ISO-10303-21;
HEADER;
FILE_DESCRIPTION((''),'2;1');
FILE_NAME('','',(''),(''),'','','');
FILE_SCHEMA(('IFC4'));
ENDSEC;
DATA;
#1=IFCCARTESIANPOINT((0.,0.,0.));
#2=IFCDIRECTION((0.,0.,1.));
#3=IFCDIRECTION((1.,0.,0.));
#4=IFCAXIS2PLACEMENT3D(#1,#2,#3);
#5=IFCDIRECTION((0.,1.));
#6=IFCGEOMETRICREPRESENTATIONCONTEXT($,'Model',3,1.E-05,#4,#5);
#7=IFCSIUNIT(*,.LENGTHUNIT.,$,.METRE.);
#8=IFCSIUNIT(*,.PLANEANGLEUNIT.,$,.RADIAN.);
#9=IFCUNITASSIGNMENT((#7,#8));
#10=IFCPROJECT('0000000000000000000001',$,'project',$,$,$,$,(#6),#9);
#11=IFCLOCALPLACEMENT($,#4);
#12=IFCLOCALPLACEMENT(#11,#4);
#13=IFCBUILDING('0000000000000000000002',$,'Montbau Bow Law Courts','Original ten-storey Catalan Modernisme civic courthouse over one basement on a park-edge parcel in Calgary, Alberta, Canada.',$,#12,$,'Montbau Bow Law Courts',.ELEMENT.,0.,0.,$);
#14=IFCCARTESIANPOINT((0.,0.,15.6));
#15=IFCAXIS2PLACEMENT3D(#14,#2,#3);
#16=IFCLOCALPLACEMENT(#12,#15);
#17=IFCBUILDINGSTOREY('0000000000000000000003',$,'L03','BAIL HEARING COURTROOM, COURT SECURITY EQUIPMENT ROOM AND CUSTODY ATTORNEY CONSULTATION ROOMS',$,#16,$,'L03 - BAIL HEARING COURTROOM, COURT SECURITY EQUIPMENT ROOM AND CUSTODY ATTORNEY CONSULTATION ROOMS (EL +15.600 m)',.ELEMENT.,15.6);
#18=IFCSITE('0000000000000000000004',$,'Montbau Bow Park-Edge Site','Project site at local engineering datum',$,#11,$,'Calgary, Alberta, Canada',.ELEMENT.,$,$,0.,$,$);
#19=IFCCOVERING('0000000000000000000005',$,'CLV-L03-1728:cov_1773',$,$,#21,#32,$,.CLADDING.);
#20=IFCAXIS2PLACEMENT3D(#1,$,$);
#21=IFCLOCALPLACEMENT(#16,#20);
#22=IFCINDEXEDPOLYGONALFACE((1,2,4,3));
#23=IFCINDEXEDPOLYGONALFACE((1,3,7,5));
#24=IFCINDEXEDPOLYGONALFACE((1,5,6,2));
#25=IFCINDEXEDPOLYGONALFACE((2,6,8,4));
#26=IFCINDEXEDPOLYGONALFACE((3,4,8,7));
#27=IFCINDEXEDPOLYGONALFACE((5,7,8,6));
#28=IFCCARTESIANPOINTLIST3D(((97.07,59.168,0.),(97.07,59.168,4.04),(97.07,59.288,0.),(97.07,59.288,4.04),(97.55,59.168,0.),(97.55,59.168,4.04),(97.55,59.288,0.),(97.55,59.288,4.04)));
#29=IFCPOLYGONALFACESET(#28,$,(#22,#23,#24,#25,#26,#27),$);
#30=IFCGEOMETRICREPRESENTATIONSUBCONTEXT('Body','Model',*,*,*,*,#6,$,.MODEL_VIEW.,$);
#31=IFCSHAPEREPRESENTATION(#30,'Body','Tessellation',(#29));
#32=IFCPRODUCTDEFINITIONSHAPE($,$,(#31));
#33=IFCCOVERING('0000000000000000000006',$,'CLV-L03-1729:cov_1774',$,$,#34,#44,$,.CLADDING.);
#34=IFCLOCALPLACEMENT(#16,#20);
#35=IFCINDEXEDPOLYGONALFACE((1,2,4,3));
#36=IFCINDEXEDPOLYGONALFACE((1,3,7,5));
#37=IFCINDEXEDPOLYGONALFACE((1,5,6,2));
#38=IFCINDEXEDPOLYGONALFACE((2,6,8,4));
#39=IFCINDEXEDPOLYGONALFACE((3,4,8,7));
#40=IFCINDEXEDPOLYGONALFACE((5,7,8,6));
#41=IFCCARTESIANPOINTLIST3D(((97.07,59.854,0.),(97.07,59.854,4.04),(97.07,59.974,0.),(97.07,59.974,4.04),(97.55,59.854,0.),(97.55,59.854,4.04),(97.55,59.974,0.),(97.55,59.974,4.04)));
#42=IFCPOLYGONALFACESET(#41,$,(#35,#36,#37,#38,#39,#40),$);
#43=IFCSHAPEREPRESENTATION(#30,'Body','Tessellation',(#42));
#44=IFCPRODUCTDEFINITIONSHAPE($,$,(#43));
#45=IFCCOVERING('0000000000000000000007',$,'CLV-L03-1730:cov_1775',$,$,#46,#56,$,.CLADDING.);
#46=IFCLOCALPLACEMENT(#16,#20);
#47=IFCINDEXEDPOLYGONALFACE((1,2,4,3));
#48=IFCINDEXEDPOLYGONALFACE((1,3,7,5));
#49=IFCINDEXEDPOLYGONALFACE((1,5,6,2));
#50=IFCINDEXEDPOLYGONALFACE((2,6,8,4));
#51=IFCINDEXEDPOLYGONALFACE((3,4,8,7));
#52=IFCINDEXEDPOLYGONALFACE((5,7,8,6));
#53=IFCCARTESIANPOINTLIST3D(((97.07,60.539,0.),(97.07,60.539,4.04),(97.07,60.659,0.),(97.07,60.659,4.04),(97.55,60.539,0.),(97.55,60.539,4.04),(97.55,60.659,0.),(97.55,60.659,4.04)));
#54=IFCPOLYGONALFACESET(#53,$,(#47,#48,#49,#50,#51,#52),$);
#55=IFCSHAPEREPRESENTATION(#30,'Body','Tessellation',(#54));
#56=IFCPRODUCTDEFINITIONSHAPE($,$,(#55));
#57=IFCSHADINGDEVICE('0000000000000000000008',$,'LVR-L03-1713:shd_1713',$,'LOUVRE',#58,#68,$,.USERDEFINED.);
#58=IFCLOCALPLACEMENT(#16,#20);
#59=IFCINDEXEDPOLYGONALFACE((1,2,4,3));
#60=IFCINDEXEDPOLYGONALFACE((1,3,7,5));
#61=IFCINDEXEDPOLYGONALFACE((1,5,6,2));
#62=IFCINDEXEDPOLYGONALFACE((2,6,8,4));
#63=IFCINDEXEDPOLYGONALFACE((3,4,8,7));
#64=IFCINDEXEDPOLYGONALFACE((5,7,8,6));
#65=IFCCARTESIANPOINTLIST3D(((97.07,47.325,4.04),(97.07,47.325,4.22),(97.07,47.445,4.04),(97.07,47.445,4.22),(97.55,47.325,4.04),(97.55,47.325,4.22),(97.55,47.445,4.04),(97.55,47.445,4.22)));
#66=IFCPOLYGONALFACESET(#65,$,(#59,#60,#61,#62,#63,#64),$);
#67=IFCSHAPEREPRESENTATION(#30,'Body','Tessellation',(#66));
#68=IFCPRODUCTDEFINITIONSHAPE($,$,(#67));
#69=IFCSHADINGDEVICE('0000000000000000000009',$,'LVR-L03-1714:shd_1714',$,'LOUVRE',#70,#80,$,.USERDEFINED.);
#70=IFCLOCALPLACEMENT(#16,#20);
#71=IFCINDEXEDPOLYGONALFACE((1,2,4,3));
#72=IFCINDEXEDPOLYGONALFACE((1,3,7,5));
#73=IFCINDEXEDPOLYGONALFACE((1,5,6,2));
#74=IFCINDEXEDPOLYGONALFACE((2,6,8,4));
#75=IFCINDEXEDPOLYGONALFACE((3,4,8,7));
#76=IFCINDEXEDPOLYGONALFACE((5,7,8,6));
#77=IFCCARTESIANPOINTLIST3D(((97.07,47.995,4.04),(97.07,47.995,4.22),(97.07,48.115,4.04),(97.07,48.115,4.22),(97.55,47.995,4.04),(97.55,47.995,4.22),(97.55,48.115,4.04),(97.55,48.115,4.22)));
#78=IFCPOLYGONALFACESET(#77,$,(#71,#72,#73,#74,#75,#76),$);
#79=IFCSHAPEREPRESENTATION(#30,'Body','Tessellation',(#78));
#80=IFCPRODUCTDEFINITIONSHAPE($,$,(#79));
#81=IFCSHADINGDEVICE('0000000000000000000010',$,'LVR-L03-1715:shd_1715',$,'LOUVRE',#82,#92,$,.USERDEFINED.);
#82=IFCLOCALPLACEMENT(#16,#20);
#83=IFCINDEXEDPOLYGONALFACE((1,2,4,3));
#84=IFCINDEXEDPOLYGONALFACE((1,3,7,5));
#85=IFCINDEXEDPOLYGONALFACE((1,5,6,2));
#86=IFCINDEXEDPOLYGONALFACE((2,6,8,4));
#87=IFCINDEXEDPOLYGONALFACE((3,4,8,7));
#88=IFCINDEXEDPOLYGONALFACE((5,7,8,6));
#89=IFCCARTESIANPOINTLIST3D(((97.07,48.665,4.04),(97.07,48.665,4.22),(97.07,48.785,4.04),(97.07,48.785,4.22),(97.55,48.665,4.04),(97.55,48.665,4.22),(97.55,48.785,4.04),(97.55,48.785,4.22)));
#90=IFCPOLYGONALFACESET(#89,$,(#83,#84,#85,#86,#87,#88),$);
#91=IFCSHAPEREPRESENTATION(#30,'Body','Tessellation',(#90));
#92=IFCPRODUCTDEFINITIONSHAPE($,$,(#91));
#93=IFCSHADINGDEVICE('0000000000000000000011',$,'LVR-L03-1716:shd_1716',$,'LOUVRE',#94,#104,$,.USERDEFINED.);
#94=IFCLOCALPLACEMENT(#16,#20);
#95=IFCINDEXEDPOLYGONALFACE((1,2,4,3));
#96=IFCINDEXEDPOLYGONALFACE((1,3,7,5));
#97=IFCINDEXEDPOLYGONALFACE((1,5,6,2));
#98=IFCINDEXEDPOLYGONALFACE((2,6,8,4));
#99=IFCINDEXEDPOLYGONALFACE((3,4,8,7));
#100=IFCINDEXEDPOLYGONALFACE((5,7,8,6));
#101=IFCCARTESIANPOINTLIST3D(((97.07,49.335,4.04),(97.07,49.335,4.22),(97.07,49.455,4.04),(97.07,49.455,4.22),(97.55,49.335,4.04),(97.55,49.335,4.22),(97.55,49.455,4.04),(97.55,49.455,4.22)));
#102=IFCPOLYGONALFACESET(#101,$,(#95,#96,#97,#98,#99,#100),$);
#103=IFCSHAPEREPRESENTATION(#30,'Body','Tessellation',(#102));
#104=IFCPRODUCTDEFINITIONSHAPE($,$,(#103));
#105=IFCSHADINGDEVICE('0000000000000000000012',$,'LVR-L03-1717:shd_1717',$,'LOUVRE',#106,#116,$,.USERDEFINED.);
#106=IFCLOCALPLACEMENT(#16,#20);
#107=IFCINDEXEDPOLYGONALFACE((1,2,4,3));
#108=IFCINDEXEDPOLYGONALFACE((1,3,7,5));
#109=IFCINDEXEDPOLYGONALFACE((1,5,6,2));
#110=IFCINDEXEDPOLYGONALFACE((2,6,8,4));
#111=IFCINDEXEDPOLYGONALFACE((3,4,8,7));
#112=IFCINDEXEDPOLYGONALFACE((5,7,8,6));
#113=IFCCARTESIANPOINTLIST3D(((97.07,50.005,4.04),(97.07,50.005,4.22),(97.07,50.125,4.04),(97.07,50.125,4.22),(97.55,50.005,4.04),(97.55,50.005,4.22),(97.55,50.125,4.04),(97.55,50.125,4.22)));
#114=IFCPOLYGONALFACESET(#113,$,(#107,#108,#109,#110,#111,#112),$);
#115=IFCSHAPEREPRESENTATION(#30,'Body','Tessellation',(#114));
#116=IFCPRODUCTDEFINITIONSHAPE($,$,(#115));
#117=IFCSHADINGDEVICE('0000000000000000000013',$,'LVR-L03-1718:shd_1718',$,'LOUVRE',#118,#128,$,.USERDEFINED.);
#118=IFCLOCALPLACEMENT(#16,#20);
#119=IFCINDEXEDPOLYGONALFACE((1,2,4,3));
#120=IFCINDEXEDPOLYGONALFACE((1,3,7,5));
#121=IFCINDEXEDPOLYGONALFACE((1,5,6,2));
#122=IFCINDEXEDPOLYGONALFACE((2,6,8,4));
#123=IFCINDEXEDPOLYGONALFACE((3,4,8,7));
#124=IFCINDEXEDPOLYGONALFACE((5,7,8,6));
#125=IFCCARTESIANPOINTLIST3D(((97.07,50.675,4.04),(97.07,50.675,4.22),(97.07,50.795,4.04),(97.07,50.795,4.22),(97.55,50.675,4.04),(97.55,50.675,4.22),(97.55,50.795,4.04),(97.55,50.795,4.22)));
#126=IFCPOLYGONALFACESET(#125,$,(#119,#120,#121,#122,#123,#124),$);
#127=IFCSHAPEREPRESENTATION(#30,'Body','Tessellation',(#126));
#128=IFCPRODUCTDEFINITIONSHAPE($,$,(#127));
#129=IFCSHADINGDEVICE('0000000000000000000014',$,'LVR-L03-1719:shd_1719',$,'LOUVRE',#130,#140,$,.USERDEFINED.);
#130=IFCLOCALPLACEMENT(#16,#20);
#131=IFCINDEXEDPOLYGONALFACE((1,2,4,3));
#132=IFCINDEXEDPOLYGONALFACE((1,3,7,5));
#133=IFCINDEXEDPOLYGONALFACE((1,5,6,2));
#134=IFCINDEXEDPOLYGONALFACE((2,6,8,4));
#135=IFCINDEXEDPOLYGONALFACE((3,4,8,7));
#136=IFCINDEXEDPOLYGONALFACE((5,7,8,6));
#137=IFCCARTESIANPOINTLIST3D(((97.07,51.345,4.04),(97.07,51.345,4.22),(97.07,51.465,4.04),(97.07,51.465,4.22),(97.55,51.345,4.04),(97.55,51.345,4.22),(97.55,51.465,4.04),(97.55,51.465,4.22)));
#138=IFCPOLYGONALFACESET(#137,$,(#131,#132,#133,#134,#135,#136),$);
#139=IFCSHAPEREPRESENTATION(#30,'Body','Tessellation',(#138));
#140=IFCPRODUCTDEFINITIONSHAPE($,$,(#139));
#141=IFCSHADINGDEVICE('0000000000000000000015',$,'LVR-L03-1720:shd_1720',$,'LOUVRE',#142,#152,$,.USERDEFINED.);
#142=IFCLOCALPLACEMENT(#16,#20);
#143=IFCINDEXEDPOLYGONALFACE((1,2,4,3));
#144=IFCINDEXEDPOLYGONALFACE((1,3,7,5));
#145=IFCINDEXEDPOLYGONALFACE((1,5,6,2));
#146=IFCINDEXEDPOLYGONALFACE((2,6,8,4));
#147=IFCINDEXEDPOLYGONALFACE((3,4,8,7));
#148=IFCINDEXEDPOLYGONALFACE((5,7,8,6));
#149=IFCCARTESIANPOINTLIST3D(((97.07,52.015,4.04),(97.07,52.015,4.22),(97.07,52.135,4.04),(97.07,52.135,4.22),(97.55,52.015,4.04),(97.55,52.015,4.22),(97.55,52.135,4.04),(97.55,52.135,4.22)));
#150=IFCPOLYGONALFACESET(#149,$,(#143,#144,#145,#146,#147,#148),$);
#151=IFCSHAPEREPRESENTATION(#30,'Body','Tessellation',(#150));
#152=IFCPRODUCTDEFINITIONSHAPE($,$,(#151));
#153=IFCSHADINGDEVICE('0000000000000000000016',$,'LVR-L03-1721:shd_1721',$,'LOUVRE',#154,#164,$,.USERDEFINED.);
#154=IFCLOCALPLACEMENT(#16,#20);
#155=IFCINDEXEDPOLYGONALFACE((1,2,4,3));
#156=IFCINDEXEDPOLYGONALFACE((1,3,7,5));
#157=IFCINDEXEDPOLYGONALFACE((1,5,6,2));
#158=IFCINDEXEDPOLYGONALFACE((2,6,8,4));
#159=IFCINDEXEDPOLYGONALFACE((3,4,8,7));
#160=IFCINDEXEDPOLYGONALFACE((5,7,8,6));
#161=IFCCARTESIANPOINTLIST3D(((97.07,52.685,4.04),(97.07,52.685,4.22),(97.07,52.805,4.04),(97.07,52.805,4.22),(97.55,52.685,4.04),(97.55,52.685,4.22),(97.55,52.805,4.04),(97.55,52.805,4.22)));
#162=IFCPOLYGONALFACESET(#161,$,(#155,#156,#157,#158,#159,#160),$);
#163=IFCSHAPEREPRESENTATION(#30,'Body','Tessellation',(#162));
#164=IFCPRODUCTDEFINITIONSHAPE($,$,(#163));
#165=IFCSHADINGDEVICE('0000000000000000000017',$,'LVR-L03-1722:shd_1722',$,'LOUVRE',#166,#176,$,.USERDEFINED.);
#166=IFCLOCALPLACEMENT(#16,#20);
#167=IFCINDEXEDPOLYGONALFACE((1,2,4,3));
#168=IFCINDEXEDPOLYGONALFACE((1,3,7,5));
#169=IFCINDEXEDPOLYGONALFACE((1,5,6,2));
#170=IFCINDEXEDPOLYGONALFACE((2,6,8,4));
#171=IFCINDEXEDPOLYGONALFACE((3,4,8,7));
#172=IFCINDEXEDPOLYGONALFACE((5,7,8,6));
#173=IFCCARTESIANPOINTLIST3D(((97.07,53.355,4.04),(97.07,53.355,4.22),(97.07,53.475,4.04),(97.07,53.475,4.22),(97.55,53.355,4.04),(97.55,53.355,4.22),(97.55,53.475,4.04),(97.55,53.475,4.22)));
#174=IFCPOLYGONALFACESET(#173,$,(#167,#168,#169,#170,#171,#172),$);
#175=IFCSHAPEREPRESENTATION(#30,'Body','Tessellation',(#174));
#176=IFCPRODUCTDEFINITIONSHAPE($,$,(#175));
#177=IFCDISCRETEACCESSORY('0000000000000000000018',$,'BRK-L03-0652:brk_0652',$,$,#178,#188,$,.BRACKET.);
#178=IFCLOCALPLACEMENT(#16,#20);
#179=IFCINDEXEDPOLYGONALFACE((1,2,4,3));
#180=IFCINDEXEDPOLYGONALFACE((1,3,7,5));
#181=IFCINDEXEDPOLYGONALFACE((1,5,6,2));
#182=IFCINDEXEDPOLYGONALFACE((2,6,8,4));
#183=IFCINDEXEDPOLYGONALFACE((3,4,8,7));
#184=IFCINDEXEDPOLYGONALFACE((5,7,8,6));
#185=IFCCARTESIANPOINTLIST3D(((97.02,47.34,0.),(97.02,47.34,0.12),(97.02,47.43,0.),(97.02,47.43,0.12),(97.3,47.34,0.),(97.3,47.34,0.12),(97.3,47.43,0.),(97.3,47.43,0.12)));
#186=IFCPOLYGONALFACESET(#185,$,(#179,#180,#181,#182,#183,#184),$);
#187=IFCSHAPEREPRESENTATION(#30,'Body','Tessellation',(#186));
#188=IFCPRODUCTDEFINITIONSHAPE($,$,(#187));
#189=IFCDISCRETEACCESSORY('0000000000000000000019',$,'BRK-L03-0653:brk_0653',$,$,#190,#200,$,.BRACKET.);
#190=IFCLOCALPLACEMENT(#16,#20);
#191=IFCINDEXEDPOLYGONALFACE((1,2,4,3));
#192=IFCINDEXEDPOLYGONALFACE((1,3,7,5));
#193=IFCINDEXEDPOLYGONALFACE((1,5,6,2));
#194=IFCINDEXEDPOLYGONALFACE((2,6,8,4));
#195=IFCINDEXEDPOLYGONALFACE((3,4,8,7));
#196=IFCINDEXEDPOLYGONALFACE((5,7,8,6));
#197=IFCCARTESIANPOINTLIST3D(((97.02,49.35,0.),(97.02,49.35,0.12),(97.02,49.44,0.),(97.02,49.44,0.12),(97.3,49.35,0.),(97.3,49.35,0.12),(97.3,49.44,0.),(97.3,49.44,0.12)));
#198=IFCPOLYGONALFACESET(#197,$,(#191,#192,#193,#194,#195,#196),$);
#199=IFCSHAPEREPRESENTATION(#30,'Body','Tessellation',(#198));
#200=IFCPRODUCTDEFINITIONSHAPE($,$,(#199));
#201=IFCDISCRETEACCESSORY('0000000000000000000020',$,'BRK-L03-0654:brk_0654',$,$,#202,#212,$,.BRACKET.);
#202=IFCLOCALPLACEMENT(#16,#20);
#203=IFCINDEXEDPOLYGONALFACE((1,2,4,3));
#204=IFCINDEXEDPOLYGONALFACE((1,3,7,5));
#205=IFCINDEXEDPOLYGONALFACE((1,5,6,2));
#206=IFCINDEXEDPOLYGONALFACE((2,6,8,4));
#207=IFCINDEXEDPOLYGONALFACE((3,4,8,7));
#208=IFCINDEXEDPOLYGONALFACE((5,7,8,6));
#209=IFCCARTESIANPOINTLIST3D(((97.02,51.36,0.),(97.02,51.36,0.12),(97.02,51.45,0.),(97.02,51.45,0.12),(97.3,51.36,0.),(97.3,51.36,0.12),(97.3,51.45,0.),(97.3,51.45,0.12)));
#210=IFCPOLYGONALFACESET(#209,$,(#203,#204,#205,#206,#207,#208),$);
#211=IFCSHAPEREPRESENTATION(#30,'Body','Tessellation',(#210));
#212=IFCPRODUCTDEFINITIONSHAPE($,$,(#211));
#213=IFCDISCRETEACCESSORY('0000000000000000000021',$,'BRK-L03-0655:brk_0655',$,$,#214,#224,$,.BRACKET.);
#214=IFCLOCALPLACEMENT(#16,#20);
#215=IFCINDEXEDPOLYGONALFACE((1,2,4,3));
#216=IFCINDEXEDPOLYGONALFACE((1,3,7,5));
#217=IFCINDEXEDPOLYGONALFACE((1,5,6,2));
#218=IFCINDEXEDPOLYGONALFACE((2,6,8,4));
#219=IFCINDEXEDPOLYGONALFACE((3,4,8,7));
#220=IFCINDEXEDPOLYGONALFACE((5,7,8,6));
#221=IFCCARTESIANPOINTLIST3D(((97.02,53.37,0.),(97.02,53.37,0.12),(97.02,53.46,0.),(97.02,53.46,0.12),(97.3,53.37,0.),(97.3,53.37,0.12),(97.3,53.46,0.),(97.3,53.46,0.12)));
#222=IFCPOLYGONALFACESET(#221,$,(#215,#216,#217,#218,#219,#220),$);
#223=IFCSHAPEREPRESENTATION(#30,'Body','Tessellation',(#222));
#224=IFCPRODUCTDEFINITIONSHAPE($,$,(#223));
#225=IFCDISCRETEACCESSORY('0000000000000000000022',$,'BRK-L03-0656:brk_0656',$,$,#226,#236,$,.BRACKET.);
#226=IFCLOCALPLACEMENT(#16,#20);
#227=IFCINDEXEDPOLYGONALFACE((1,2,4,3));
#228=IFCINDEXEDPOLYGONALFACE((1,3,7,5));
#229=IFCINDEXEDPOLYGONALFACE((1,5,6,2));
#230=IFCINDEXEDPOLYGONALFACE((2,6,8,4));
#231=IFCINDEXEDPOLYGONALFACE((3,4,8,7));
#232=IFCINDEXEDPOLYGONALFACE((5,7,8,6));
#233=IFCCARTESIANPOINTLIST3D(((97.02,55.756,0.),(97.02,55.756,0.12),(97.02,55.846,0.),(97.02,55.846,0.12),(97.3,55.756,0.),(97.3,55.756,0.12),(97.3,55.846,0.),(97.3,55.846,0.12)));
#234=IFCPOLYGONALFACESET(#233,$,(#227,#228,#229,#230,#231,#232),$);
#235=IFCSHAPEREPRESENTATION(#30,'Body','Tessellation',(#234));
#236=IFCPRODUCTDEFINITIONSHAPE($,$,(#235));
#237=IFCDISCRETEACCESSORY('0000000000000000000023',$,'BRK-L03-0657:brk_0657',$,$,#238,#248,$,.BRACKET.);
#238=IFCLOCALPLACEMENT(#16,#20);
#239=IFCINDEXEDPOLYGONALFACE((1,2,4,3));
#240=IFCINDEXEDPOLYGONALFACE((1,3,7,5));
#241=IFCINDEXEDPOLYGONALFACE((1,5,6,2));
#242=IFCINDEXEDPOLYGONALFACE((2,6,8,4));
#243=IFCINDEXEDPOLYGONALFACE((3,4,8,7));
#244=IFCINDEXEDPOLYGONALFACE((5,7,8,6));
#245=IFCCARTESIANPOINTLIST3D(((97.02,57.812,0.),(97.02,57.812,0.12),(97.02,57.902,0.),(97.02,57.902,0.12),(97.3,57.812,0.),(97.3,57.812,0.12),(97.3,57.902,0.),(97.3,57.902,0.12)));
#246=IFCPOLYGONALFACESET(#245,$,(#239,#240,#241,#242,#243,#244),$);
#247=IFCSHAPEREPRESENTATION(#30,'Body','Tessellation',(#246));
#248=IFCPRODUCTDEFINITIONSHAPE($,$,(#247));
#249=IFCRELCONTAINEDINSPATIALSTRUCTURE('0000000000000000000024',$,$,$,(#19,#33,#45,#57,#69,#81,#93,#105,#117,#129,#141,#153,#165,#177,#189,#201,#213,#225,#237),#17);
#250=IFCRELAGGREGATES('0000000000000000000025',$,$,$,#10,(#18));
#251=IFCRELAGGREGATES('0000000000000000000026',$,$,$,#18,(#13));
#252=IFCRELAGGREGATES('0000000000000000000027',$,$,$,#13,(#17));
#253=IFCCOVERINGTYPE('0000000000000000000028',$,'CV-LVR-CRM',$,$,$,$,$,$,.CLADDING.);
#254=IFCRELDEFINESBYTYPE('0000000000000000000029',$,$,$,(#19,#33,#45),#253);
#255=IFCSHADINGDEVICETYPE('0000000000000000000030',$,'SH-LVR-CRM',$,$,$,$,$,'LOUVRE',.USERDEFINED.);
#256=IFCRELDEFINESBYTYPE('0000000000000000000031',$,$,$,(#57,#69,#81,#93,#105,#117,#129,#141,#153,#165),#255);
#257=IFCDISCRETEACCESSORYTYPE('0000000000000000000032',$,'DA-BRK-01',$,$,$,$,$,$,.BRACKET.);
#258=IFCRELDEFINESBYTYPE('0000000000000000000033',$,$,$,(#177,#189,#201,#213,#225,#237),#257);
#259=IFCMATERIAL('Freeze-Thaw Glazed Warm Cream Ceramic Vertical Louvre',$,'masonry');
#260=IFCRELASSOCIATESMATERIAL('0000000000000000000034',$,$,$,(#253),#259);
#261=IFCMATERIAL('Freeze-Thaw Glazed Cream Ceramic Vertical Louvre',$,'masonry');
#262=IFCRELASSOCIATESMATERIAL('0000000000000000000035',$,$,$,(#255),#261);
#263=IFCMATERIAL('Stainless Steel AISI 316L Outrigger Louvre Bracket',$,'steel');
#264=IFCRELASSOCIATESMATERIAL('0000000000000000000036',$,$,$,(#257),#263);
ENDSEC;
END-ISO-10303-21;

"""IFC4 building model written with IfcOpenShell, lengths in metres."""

from ifc_helpers import new_model, si_unit, direction, frame, frame_2d, origin_with_axes, origin_2d_with_axis, place, context, subcontext, project, spatial, rectangle, extrude, material, type_object, element, save


model = new_model("IFC4")

# Units and contexts
model_context = context("Model", 3, precision=1e-05, world=origin_with_axes(), true_north=direction((0.0, 1.0)))
body_context = subcontext(model_context, "Body", "Model", "MODEL_VIEW")
ifc_project = project(units=[si_unit("LENGTHUNIT", "METRE"), si_unit("PLANEANGLEUNIT", "RADIAN")], contexts=[model_context])

# Site, building, storey
site_placement = place(None, origin_with_axes())
site = spatial("IfcSite", under=ifc_project, at=site_placement, Name="Montbau Bow Park-Edge Site", Description="Project site at local engineering datum", LongName="Calgary, Alberta, Canada", CompositionType="ELEMENT", RefElevation=0.0)
building_placement = place(site_placement, origin_with_axes())
building = spatial("IfcBuilding", under=site, at=building_placement, Name="Montbau Bow Law Courts", Description="Original ten-storey Catalan Modernisme civic courthouse over one basement on a park-edge parcel in Calgary, Alberta, Canada.", LongName="Montbau Bow Law Courts", CompositionType="ELEMENT", ElevationOfRefHeight=0.0, ElevationOfTerrain=0.0)
storey_placement = place(building_placement, frame((0.0, 0.0, 15.6), z_axis=(0.0, 0.0, 1.0), x_axis=(1.0, 0.0, 0.0)))
storey = spatial("IfcBuildingStorey", under=building, at=storey_placement, Name="L03", Description="BAIL HEARING COURTROOM, COURT SECURITY EQUIPMENT ROOM AND CUSTODY ATTORNEY CONSULTATION ROOMS", LongName="L03 - BAIL HEARING COURTROOM, COURT SECURITY EQUIPMENT ROOM AND CUSTODY ATTORNEY CONSULTATION ROOMS (EL +15.600 m)", CompositionType="ELEMENT", Elevation=15.6)

# Coverings
ifc_material_1 = material(Name="Freeze-Thaw Glazed Warm Cream Ceramic Vertical Louvre", Category="masonry")
covering_type = type_object("IfcCoveringType", Name="CV-LVR-CRM", PredefinedType="CLADDING", material=ifc_material_1)
for number, where, z_axis, x_axis, name in (
    (1, (97.07, 59.228, 15.6), (0.0, -1.0, 0.0), (1.0, 0.0, 0.0), "CLV-L03-1728:cov_1773"),
    (2, (97.07, 59.914, 15.6), (0.0, -1.0, 0.0), (1.0, 0.0, 0.0), "CLV-L03-1729:cov_1774"),
    (3, (97.07, 60.599, 15.6), (0.0, -1.0, 0.0), (1.0, 0.0, 0.0), "CLV-L03-1730:cov_1775"),
):
    element("IfcCovering", number, at=place(None, frame(where, z_axis=z_axis, x_axis=x_axis)), inside=storey, type_object=covering_type, Name=name, PredefinedType="CLADDING", context=body_context, shape_type="SweptSolid", body=[
        extrude(rectangle(XDim=0.48, YDim=4.04, at=frame_2d((0.24, 2.02), x_axis=(1.0, 0.0))), frame((0.0, 0.0, -0.06), z_axis=(0.0, 0.0, 1.0), x_axis=(1.0, 0.0, 0.0)), (0.0, 0.0, 1.0), 0.12),
    ])

# Shading devices
ifc_material_2 = material(Name="Freeze-Thaw Glazed Cream Ceramic Vertical Louvre", Category="masonry")
shading_device_type = type_object("IfcShadingDeviceType", Name="SH-LVR-CRM", ElementType="LOUVRE", PredefinedType="USERDEFINED", material=ifc_material_2)
for number, where, z_axis, x_axis, name in (
    (4, (97.31, 47.385, 19.64), (0.0, 0.0, 1.0), (1.0, 0.0, 0.0), "LVR-L03-1713:shd_1713"),
    (5, (97.31, 48.055, 19.64), (0.0, 0.0, 1.0), (1.0, 0.0, 0.0), "LVR-L03-1714:shd_1714"),
    (6, (97.31, 48.725, 19.64), (0.0, 0.0, 1.0), (1.0, 0.0, 0.0), "LVR-L03-1715:shd_1715"),
    (7, (97.31, 49.395, 19.64), (0.0, 0.0, 1.0), (1.0, 0.0, 0.0), "LVR-L03-1716:shd_1716"),
    (8, (97.31, 50.065, 19.64), (0.0, 0.0, 1.0), (1.0, 0.0, 0.0), "LVR-L03-1717:shd_1717"),
    (9, (97.31, 50.735, 19.64), (0.0, 0.0, 1.0), (1.0, 0.0, 0.0), "LVR-L03-1718:shd_1718"),
    (10, (97.31, 51.405, 19.64), (0.0, 0.0, 1.0), (1.0, 0.0, 0.0), "LVR-L03-1719:shd_1719"),
    (11, (97.31, 52.075, 19.64), (0.0, 0.0, 1.0), (1.0, 0.0, 0.0), "LVR-L03-1720:shd_1720"),
    (12, (97.31, 52.745, 19.64), (0.0, 0.0, 1.0), (1.0, 0.0, 0.0), "LVR-L03-1721:shd_1721"),
    (13, (97.31, 53.415, 19.64), (0.0, 0.0, 1.0), (1.0, 0.0, 0.0), "LVR-L03-1722:shd_1722"),
):
    element("IfcShadingDevice", number, at=place(None, frame(where, z_axis=z_axis, x_axis=x_axis)), inside=storey, type_object=shading_device_type, Name=name, ObjectType="LOUVRE", PredefinedType="USERDEFINED", context=body_context, shape_type="SweptSolid", body=[
        extrude(rectangle(XDim=0.48, YDim=0.12, at=origin_2d_with_axis()), origin_with_axes(), (0.0, 0.0, 1.0), 0.18),
    ])

# Discrete accessories
ifc_material_3 = material(Name="Stainless Steel AISI 316L Outrigger Louvre Bracket", Category="steel")
discrete_accessory_type = type_object("IfcDiscreteAccessoryType", Name="DA-BRK-01", PredefinedType="BRACKET", material=ifc_material_3)
for number, where, z_axis, x_axis, name in (
    (14, (97.16, 47.385, 15.6), (0.0, 0.0, 1.0), (1.0, 0.0, 0.0), "BRK-L03-0652:brk_0652"),
    (15, (97.16, 49.395, 15.6), (0.0, 0.0, 1.0), (1.0, 0.0, 0.0), "BRK-L03-0653:brk_0653"),
    (16, (97.16, 51.405, 15.6), (0.0, 0.0, 1.0), (1.0, 0.0, 0.0), "BRK-L03-0654:brk_0654"),
    (17, (97.16, 53.415, 15.6), (0.0, 0.0, 1.0), (1.0, 0.0, 0.0), "BRK-L03-0655:brk_0655"),
    (18, (97.16, 55.801, 15.6), (0.0, 0.0, 1.0), (1.0, 0.0, 0.0), "BRK-L03-0656:brk_0656"),
    (19, (97.16, 57.857, 15.6), (0.0, 0.0, 1.0), (1.0, 0.0, 0.0), "BRK-L03-0657:brk_0657"),
):
    element("IfcDiscreteAccessory", number, at=place(None, frame(where, z_axis=z_axis, x_axis=x_axis)), inside=storey, type_object=discrete_accessory_type, Name=name, PredefinedType="BRACKET", context=body_context, shape_type="SweptSolid", body=[
        extrude(rectangle(XDim=0.28, YDim=0.09, at=origin_2d_with_axis()), origin_with_axes(), (0.0, 0.0, 1.0), 0.12),
    ])

save(model, "model.ifc")
